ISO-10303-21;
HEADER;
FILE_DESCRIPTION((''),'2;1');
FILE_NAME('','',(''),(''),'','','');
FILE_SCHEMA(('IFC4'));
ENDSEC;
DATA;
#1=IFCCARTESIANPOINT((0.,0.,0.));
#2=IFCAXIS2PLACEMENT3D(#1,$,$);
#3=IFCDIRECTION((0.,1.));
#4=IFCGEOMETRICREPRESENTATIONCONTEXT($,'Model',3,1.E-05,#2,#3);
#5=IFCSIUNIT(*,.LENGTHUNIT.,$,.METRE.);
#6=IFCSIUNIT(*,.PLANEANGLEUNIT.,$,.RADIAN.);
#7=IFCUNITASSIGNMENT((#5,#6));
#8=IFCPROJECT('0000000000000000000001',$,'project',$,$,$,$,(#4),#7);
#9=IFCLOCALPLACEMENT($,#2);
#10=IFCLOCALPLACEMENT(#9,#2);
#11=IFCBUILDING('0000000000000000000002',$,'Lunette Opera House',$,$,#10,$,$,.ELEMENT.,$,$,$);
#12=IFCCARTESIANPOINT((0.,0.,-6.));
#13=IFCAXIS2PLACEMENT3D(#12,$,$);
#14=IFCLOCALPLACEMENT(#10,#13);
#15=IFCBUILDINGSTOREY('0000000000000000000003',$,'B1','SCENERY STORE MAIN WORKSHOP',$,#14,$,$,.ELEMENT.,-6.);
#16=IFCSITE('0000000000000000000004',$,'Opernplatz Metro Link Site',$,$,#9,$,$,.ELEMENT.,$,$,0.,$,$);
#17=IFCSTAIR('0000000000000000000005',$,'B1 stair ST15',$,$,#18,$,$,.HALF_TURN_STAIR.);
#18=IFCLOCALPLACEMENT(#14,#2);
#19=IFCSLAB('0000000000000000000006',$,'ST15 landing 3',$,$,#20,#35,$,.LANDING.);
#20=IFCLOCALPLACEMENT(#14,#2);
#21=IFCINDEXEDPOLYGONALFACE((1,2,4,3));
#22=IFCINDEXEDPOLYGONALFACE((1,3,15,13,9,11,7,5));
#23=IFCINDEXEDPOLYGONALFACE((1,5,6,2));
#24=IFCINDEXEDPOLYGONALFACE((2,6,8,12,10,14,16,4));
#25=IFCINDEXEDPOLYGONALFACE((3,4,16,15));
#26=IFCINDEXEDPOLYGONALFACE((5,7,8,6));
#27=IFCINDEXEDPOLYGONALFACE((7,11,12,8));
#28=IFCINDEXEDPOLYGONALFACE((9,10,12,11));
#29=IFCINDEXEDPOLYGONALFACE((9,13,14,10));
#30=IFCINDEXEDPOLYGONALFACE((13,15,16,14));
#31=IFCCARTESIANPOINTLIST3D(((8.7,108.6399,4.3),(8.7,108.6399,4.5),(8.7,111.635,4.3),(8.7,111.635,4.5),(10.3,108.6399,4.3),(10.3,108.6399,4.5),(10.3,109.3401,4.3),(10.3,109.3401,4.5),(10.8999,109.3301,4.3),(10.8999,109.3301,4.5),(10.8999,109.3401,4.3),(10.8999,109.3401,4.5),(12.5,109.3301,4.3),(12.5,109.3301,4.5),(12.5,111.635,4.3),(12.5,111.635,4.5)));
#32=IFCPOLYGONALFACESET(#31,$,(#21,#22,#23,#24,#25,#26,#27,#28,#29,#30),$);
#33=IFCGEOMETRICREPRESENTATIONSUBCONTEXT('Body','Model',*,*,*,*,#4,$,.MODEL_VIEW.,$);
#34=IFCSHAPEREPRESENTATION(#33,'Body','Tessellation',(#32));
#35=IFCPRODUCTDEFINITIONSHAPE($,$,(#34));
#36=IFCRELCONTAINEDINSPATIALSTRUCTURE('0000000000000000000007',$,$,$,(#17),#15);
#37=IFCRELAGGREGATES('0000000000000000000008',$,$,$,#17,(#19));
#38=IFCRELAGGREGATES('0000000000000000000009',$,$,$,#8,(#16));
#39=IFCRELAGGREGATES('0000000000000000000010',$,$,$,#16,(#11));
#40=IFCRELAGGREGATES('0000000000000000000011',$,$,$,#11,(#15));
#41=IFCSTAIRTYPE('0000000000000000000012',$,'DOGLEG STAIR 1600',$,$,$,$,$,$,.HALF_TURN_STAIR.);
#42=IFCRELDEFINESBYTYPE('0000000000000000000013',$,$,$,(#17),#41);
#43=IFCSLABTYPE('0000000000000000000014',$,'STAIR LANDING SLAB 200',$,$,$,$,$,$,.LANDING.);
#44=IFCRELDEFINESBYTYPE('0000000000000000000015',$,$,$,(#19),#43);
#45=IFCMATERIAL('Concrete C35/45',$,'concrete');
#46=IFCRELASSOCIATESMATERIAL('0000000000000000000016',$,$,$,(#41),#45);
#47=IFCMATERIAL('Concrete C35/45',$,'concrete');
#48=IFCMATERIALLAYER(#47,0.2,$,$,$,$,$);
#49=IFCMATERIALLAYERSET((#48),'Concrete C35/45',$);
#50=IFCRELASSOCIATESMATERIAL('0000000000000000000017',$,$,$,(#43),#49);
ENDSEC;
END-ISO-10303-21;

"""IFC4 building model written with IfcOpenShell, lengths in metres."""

from ifc_helpers import new_model, si_unit, direction, frame, origin, place, context, subcontext, project, spatial, polyline, outline, extrude, material, layer, layer_set, type_object, element, aggregate, save


model = new_model("IFC4")

# Units and contexts
model_context = context("Model", 3, precision=1e-05, world=origin(), true_north=direction((0.0, 1.0)))
body_context = subcontext(model_context, "Body", "Model", "MODEL_VIEW")
ifc_project = project(units=[si_unit("LENGTHUNIT", "METRE"), si_unit("PLANEANGLEUNIT", "RADIAN")], contexts=[model_context])

# Site, building, storey
site_placement = place(None, origin())
site = spatial("IfcSite", under=ifc_project, at=site_placement, Name="Opernplatz Metro Link Site", CompositionType="ELEMENT", RefElevation=0.0)
building_placement = place(site_placement, origin())
building = spatial("IfcBuilding", under=site, at=building_placement, Name="Lunette Opera House", CompositionType="ELEMENT")
storey_placement = place(building_placement, frame((0.0, 0.0, -6.0)))
storey = spatial("IfcBuildingStorey", under=building, at=storey_placement, Name="B1", Description="SCENERY STORE MAIN WORKSHOP", CompositionType="ELEMENT", Elevation=-6.0)

# Stair, slab
ifc_material_1 = material(Name="Concrete C35/45", Category="concrete")
stair_type = type_object("IfcStairType", Name="DOGLEG STAIR 1600", PredefinedType="HALF_TURN_STAIR", material=ifc_material_1)
stair_placement = place(storey_placement, origin())
stair = element("IfcStair", 1, at=stair_placement, inside=storey, type_object=stair_type, Name="B1 stair ST15", PredefinedType="HALF_TURN_STAIR")
ifc_material_2 = material(Name="Concrete C35/45", Category="concrete")
ifc_layer_1 = layer(ifc_material_2, 0.2)
ifc_layer_set_1 = layer_set([ifc_layer_1], Name="Concrete C35/45")
slab_type_1 = type_object("IfcSlabType", Name="STAIR LANDING SLAB 200", PredefinedType="LANDING", material=ifc_layer_set_1)
slab_1_placement = place(storey_placement, frame((0.0, 0.0, 4.3)))
slab_1 = element("IfcSlab", 2, at=slab_1_placement, type_object=slab_type_1, Name="ST15 landing 3", PredefinedType="LANDING", context=body_context, shape_type="SweptSolid", body=[
    extrude(outline(polyline([(12.5, 109.3301), (10.8999, 109.3301), (10.8999, 109.3401), (10.3, 109.3401), (10.3, 108.6399), (8.7, 108.6399), (8.7, 111.635), (12.5, 111.635), (12.5, 109.3301)])), origin(), (0.0, 0.0, 1.0), 0.2),
])
aggregate(stair, [slab_1])

save(model, "model.ifc")
